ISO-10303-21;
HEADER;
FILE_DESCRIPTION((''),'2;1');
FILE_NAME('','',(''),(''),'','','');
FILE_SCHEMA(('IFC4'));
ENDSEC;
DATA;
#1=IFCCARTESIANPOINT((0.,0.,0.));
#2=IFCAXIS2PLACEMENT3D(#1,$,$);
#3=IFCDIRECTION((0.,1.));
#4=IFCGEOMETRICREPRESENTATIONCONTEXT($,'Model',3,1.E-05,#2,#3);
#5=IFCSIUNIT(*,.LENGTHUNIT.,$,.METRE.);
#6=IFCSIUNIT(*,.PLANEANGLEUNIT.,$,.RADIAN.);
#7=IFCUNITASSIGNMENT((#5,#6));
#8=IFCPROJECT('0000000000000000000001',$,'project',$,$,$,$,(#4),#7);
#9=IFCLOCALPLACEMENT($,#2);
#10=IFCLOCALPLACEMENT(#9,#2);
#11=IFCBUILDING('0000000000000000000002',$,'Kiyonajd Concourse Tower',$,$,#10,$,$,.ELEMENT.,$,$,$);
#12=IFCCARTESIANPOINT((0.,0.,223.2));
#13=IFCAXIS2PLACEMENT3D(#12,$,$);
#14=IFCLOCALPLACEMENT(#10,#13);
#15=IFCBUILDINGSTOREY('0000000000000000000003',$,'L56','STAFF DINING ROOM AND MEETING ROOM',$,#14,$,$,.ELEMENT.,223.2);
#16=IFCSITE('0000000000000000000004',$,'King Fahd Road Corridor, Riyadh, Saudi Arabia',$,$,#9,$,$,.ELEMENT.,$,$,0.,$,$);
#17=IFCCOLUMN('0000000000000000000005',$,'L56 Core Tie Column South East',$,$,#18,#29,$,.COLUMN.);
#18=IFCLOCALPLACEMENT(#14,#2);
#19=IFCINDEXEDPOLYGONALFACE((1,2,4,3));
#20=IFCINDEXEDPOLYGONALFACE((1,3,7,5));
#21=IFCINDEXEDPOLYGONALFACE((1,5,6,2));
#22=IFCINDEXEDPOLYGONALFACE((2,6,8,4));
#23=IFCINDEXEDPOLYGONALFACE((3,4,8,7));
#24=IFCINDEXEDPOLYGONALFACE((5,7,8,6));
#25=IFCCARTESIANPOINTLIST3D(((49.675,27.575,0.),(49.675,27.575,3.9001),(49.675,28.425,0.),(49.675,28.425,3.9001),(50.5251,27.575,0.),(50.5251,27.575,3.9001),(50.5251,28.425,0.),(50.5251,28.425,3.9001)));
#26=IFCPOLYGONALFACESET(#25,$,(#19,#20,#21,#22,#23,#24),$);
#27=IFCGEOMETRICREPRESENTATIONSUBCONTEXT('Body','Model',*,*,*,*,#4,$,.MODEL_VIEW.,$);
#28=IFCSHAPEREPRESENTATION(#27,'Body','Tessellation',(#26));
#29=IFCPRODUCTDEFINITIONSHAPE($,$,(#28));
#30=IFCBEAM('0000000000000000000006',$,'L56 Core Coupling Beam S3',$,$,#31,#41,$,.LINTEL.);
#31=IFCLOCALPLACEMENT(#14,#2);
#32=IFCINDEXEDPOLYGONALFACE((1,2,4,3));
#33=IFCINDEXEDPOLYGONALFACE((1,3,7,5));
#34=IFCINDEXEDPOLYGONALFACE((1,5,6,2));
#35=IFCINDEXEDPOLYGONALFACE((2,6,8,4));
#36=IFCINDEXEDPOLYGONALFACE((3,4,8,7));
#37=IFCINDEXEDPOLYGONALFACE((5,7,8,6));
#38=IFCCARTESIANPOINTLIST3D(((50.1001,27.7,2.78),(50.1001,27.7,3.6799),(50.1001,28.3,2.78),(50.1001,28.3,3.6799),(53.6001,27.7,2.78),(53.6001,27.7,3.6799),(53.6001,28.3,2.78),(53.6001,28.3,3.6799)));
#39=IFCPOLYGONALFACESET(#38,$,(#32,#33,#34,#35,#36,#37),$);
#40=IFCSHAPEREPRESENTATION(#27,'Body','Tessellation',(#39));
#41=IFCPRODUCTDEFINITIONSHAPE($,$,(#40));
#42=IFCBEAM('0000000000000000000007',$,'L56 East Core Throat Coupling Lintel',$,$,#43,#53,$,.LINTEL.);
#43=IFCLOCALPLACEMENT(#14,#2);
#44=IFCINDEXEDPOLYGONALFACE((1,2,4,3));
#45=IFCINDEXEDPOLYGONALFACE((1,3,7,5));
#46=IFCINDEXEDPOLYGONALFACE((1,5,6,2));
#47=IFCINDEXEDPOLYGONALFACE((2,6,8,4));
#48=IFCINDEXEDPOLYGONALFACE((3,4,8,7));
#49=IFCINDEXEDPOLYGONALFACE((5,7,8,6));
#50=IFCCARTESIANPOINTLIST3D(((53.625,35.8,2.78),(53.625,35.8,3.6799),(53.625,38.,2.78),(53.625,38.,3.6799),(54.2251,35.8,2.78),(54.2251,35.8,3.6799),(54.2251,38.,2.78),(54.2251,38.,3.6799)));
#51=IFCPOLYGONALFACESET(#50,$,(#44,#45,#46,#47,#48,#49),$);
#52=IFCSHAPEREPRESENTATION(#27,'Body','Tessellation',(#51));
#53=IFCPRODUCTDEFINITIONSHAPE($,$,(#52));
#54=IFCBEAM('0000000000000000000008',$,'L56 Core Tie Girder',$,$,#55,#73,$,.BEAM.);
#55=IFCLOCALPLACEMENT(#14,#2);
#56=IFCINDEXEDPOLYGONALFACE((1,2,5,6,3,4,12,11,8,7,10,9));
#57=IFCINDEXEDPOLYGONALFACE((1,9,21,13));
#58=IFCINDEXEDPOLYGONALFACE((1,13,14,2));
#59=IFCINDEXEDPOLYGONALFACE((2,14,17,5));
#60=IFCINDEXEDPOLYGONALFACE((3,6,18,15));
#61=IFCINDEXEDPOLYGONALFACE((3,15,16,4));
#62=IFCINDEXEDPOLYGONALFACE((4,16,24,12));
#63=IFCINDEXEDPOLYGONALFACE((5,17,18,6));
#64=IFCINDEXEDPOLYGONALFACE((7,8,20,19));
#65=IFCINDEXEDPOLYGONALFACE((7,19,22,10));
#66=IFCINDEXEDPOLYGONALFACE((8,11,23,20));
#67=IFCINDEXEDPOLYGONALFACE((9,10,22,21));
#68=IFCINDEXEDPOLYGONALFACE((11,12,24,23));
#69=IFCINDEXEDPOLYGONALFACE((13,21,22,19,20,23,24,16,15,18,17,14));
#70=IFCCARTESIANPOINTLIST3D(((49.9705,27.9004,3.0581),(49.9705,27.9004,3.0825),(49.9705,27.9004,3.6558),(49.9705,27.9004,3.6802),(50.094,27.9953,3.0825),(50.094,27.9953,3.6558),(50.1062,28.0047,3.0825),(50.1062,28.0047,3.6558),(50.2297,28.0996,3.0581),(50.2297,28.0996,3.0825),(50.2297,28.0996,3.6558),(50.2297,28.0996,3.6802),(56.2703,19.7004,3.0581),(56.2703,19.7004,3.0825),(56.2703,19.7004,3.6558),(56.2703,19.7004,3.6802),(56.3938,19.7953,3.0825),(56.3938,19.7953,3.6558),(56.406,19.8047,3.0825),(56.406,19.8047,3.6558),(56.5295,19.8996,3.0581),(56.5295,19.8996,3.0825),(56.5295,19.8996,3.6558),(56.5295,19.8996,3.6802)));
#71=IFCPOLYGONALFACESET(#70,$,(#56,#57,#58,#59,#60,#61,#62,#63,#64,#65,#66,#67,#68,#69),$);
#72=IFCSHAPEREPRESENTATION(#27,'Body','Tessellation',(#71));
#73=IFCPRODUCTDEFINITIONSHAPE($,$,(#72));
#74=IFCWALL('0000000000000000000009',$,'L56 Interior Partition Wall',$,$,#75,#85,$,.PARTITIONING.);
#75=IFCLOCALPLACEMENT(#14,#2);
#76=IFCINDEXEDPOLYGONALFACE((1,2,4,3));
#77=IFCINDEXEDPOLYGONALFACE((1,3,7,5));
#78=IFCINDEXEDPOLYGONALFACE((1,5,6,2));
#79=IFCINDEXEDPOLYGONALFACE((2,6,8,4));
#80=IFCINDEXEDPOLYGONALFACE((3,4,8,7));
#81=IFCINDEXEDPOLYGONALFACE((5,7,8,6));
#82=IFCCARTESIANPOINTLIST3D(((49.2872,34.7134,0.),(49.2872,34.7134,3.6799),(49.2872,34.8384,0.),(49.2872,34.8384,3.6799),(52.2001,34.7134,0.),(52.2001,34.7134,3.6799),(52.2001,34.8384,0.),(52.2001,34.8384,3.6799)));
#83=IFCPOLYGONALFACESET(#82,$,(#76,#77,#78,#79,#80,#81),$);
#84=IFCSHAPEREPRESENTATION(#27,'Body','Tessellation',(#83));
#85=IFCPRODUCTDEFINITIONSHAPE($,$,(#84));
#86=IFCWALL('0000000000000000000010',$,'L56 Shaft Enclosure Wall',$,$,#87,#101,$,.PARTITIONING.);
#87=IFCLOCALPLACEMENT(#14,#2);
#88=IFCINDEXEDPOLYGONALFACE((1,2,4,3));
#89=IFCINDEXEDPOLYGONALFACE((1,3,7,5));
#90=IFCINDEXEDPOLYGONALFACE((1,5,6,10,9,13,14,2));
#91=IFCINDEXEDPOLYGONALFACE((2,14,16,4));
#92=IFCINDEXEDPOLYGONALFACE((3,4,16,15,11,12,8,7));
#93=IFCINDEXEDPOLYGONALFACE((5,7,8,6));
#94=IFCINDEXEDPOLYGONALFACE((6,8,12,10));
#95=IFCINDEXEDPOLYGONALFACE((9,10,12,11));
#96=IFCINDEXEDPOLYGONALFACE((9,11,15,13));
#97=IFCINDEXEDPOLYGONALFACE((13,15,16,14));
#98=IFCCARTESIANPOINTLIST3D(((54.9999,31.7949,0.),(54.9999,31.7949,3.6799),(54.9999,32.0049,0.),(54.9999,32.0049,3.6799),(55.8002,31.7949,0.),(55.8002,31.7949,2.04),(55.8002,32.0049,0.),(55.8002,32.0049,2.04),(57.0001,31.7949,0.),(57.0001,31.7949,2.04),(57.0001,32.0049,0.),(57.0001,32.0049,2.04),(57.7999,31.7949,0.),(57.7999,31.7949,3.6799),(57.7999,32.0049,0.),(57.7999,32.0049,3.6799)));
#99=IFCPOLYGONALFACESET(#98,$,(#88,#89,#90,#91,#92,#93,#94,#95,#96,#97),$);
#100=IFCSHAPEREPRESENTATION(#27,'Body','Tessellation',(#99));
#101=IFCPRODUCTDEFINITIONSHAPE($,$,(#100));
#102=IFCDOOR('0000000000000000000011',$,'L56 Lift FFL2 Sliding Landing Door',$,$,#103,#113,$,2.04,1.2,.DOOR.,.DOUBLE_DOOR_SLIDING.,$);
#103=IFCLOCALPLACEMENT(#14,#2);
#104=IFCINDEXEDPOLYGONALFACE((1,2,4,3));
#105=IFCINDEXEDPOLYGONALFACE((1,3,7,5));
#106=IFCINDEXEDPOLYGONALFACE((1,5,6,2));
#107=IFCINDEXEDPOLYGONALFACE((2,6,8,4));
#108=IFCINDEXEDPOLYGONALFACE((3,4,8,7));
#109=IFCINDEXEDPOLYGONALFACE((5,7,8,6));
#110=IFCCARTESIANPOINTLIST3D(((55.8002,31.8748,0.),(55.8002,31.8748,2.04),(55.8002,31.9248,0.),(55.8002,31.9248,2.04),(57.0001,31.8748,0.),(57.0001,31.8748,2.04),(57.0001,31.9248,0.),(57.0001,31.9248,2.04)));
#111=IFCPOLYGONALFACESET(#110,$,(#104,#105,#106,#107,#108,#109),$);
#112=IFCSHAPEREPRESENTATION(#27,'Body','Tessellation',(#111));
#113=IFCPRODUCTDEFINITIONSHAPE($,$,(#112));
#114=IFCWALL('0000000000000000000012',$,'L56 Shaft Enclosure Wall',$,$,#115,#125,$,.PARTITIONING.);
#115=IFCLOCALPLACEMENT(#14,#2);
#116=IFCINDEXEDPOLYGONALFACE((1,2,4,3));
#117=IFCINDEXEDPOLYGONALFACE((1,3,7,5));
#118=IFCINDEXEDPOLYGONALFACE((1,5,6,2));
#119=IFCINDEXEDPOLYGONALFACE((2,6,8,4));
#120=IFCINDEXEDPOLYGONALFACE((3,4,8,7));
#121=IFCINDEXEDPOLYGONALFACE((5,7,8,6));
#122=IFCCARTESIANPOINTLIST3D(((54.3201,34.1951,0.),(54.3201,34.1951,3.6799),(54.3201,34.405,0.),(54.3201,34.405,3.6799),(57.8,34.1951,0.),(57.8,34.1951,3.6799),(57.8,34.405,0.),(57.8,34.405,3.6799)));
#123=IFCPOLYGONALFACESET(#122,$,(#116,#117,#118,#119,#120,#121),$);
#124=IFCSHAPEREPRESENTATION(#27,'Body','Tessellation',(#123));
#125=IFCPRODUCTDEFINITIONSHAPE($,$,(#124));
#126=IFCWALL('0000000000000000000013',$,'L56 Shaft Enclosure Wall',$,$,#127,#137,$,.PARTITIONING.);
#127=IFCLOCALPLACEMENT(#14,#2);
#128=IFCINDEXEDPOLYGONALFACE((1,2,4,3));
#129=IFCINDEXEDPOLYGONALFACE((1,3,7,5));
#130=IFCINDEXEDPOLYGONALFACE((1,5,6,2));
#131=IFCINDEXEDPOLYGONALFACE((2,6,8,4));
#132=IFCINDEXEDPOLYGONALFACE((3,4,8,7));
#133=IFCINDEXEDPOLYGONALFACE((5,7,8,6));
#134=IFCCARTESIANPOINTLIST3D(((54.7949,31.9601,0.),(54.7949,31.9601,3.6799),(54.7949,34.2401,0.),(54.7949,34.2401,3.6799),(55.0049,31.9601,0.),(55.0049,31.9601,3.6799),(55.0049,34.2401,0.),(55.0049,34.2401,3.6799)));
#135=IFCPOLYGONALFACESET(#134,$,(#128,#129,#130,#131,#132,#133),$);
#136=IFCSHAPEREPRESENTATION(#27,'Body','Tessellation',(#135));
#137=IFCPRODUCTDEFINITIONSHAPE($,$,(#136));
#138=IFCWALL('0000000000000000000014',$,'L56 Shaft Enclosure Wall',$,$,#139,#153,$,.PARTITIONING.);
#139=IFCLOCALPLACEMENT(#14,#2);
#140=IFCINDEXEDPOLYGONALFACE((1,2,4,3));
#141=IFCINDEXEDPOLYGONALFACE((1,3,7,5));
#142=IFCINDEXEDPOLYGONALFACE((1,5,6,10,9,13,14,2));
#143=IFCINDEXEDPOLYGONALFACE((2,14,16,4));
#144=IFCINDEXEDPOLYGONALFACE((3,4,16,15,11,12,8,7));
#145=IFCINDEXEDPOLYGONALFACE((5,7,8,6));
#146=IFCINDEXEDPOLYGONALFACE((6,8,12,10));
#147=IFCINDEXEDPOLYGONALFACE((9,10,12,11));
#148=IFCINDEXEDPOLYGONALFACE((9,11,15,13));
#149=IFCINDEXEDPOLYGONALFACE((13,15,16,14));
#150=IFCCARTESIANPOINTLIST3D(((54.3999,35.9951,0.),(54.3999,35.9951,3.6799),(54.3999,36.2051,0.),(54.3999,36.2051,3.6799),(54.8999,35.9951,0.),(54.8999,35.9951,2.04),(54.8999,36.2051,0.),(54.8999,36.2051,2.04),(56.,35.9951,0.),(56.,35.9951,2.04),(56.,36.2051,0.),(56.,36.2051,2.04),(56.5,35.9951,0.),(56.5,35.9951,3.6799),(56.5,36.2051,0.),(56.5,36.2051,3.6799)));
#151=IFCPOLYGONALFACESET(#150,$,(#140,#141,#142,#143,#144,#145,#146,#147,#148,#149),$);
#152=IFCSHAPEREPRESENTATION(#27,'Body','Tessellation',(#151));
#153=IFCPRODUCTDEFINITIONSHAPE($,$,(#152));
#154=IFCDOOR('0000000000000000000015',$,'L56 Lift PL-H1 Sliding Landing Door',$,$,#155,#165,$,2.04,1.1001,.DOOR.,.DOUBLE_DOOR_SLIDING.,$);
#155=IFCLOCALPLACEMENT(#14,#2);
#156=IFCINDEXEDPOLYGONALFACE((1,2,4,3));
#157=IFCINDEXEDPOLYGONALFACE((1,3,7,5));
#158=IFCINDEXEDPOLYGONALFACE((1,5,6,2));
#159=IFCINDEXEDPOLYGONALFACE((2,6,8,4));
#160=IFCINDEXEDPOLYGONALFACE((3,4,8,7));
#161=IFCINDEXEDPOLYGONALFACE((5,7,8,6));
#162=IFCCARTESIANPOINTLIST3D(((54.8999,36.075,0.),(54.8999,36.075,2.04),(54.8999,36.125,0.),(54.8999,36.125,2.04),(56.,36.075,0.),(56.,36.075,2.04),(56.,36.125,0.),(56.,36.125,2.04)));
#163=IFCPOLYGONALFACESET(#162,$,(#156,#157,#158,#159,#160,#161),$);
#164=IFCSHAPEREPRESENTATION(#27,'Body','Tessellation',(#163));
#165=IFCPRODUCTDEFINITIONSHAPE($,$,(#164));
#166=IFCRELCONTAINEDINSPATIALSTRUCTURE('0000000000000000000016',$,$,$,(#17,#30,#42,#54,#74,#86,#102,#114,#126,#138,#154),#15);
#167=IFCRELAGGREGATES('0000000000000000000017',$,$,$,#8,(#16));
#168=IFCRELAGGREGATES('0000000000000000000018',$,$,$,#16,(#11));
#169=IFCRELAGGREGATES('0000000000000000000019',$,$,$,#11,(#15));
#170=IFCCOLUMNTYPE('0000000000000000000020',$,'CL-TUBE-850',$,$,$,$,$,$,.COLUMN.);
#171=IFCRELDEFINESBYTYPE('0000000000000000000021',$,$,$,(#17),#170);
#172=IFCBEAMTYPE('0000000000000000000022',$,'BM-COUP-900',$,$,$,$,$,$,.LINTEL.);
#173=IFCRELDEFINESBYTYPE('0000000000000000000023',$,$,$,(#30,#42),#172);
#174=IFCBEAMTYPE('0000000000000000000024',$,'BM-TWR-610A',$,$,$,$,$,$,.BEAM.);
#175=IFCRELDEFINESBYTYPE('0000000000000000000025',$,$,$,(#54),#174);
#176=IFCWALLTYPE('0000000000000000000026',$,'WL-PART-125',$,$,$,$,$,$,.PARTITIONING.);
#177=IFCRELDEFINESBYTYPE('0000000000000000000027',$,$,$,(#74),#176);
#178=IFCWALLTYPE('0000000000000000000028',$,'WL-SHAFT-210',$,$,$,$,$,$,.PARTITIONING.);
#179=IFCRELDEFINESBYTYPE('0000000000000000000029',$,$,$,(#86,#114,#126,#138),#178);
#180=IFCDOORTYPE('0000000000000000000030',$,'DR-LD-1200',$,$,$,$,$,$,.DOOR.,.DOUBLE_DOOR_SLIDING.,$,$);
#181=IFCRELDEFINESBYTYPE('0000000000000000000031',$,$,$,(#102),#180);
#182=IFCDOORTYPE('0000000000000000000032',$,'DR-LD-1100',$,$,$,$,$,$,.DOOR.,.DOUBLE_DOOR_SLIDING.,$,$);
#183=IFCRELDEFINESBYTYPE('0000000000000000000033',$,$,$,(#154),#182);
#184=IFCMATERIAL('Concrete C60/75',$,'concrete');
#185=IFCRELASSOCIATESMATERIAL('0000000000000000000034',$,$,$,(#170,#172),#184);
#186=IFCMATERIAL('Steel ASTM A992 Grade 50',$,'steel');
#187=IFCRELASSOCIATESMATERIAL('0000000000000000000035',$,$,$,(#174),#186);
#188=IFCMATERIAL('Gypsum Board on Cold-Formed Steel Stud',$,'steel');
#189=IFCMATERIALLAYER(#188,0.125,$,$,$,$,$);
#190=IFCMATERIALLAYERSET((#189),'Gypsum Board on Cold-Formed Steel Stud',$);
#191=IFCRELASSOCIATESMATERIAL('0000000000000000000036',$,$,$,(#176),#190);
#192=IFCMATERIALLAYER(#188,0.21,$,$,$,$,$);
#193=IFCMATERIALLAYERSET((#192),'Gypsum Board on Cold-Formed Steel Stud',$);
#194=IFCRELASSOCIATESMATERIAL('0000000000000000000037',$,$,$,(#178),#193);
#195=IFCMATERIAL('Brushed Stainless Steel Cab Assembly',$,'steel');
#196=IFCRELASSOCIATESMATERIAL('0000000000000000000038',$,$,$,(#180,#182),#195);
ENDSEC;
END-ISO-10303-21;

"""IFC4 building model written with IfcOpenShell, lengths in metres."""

from ifc_helpers import new_model, si_unit, direction, frame, frame_2d, origin, origin_2d, place, context, subcontext, project, spatial, rectangle, i_section, extrude, material, layer, layer_set, material_profile, profile_set, type_object, element, fill, save


model = new_model("IFC4")

# Units and contexts
model_context = context("Model", 3, precision=1e-05, world=origin(), true_north=direction((0.0, 1.0)))
body_context = subcontext(model_context, "Body", "Model", "MODEL_VIEW")
ifc_project = project(units=[si_unit("LENGTHUNIT", "METRE"), si_unit("PLANEANGLEUNIT", "RADIAN")], contexts=[model_context])

# Site, building, storey
site_placement = place(None, origin())
site = spatial("IfcSite", under=ifc_project, at=site_placement, Name="King Fahd Road Corridor, Riyadh, Saudi Arabia", CompositionType="ELEMENT", RefElevation=0.0)
building_placement = place(site_placement, origin())
building = spatial("IfcBuilding", under=site, at=building_placement, Name="Kiyonajd Concourse Tower", CompositionType="ELEMENT")
storey_placement = place(building_placement, frame((0.0, 0.0, 223.2)))
storey = spatial("IfcBuildingStorey", under=building, at=storey_placement, Name="L56", Description="STAFF DINING ROOM AND MEETING ROOM", CompositionType="ELEMENT", Elevation=223.2)

# Column
ifc_material_1 = material(Name="Concrete C60/75", Category="concrete")
ifc_material_profile_1 = material_profile(ifc_material_1, rectangle(XDim=0.8501, YDim=0.8501, at=origin_2d()), Name="RC-850x850")
ifc_profile_set_1 = profile_set([ifc_material_profile_1], Name="Concrete C60/75")
column_type = type_object("IfcColumnType", Name="CL-TUBE-850", PredefinedType="COLUMN", material=ifc_profile_set_1)
column_placement = place(storey_placement, frame((50.1001, 28.0, 0.0), z_axis=(0.0, 0.0, 1.0), x_axis=(1.0, 0.0, 0.0)))
element("IfcColumn", 1, at=column_placement, inside=storey, type_object=column_type, Name="L56 Core Tie Column South East", PredefinedType="COLUMN", context=body_context, shape_type="SweptSolid", body=[
    extrude(rectangle(XDim=0.8501, YDim=0.8501, at=origin_2d()), origin(), (0.0, 0.0, 1.0), 3.9001),
])

# Beams
ifc_material_profile_2 = material_profile(ifc_material_1, rectangle(XDim=0.6001, YDim=0.8999, at=origin_2d()), Name="RCBM-600x900")
ifc_profile_set_2 = profile_set([ifc_material_profile_2], Name="Concrete C60/75")
beam_type_1 = type_object("IfcBeamType", Name="BM-COUP-900", PredefinedType="LINTEL", material=ifc_profile_set_2)
beam_1_placement = place(storey_placement, frame((50.1001, 28.0, 3.23), z_axis=(1.0, 0.0, 0.0), x_axis=(0.0, 1.0, 0.0)))
element("IfcBeam", 2, at=beam_1_placement, inside=storey, type_object=beam_type_1, Name="L56 Core Coupling Beam S3", PredefinedType="LINTEL", context=body_context, shape_type="SweptSolid", body=[
    extrude(rectangle(XDim=0.6001, YDim=0.8999, at=origin_2d()), origin(), (0.0, 0.0, 1.0), 3.5),
])
beam_2_placement = place(storey_placement, frame((53.925, 35.8, 3.23), z_axis=(0.0, 1.0, 0.0), x_axis=(-1.0, 0.0, 0.0)))
element("IfcBeam", 3, at=beam_2_placement, inside=storey, type_object=beam_type_1, Name="L56 East Core Throat Coupling Lintel", PredefinedType="LINTEL", context=body_context, shape_type="SweptSolid", body=[
    extrude(rectangle(XDim=0.6001, YDim=0.8999, at=origin_2d()), origin(), (0.0, 0.0, 1.0), 2.2),
])
ifc_material_2 = material(Name="Steel ASTM A992 Grade 50", Category="steel")
ifc_material_profile_3 = material_profile(ifc_material_2, i_section(OverallWidth=0.3269, OverallDepth=0.6221, WebThickness=0.0154, FlangeThickness=0.0244, at=origin_2d()), Name="W610X195")
ifc_profile_set_3 = profile_set([ifc_material_profile_3], Name="Steel ASTM A992 Grade 50")
beam_type_2 = type_object("IfcBeamType", Name="BM-TWR-610A", PredefinedType="BEAM", material=ifc_profile_set_3)
beam_3_placement = place(storey_placement, frame((50.1001, 28.0, 3.3691), z_axis=(0.609234, -0.792991, 0.0), x_axis=(0.792991, 0.609234, 0.0)))
element("IfcBeam", 4, at=beam_3_placement, inside=storey, type_object=beam_type_2, Name="L56 Core Tie Girder", PredefinedType="BEAM", context=body_context, shape_type="SweptSolid", body=[
    extrude(i_section(OverallWidth=0.3269, OverallDepth=0.6221, WebThickness=0.0154, FlangeThickness=0.0244, at=origin_2d()), origin(), (0.0, 0.0, 1.0), 10.3406),
])

# Wall
ifc_material_3 = material(Name="Gypsum Board on Cold-Formed Steel Stud", Category="steel")
ifc_layer_1 = layer(ifc_material_3, 0.125)
ifc_layer_set_1 = layer_set([ifc_layer_1], Name="Gypsum Board on Cold-Formed Steel Stud")
wall_type_1 = type_object("IfcWallType", Name="WL-PART-125", PredefinedType="PARTITIONING", material=ifc_layer_set_1)
wall_1_placement = place(storey_placement, frame((49.2871, 34.7759, 0.0), z_axis=(0.0, 0.0, 1.0), x_axis=(1.0, 0.0, 0.0)))
element("IfcWall", 5, at=wall_1_placement, inside=storey, type_object=wall_type_1, Name="L56 Interior Partition Wall", PredefinedType="PARTITIONING", context=body_context, shape_type="SweptSolid", body=[
    extrude(rectangle(XDim=2.9128, YDim=0.125, at=frame_2d((1.4565, 0.0))), origin(), (0.0, 0.0, 1.0), 3.6799),
])

# Wall, opening, door
ifc_layer_2 = layer(ifc_material_3, 0.21)
ifc_layer_set_2 = layer_set([ifc_layer_2], Name="Gypsum Board on Cold-Formed Steel Stud")
wall_type_2 = type_object("IfcWallType", Name="WL-SHAFT-210", PredefinedType="PARTITIONING", material=ifc_layer_set_2)
wall_2_placement = place(storey_placement, frame((55.0, 31.8999, 0.0), z_axis=(0.0, 0.0, 1.0), x_axis=(1.0, 0.0, 0.0)))
wall_2 = element("IfcWall", 6, at=wall_2_placement, inside=storey, type_object=wall_type_2, Name="L56 Shaft Enclosure Wall", PredefinedType="PARTITIONING", context=body_context, shape_type="SweptSolid", body=[
    extrude(rectangle(XDim=2.8, YDim=0.21, at=frame_2d((1.3999, 0.0))), origin(), (0.0, 0.0, 1.0), 3.6799),
])
opening_1_placement = place(wall_2_placement, frame((0.8, 0.0, 0.0)))
opening_1 = element("IfcOpeningElement", 7, at=opening_1_placement, cuts=wall_2, PredefinedType="OPENING", context=body_context, shape_type="SweptSolid", body=[
    extrude(rectangle(XDim=1.2, YDim=2.04, at=frame_2d((0.6001, 1.02))), frame((0.0, 0.115, 0.0), z_axis=(0.0, -1.0, 0.0), x_axis=(1.0, 0.0, 0.0)), (0.0, 0.0, 1.0), 0.23),
])
ifc_material_4 = material(Name="Brushed Stainless Steel Cab Assembly", Category="steel")
door_type_1 = type_object("IfcDoorType", Name="DR-LD-1200", OperationType="DOUBLE_DOOR_SLIDING", PredefinedType="DOOR", material=ifc_material_4)
door_1_placement = place(opening_1_placement, origin())
door_1 = element("IfcDoor", 8, at=door_1_placement, inside=storey, type_object=door_type_1, Name="L56 Lift FFL2 Sliding Landing Door", OperationType="DOUBLE_DOOR_SLIDING", OverallHeight=2.04, OverallWidth=1.2, PredefinedType="DOOR", context=body_context, shape_type="SweptSolid", body=[
    extrude(rectangle(XDim=1.2, YDim=2.04, at=frame_2d((0.6001, 1.02))), frame((0.0, 0.0249, 0.0), z_axis=(0.0, -1.0, 0.0), x_axis=(1.0, 0.0, 0.0)), (0.0, 0.0, 1.0), 0.05),
])
fill(opening_1, door_1)

# Walls
wall_3_placement = place(storey_placement, frame((54.3201, 34.3, 0.0), z_axis=(0.0, 0.0, 1.0), x_axis=(1.0, 0.0, 0.0)))
element("IfcWall", 9, at=wall_3_placement, inside=storey, type_object=wall_type_2, Name="L56 Shaft Enclosure Wall", PredefinedType="PARTITIONING", context=body_context, shape_type="SweptSolid", body=[
    extrude(rectangle(XDim=3.48, YDim=0.21, at=frame_2d((1.74, 0.0))), origin(), (0.0, 0.0, 1.0), 3.6799),
])
wall_4_placement = place(storey_placement, frame((54.8999, 31.96, 0.0), z_axis=(0.0, 0.0, 1.0), x_axis=(0.0, 1.0, 0.0)))
element("IfcWall", 10, at=wall_4_placement, inside=storey, type_object=wall_type_2, Name="L56 Shaft Enclosure Wall", PredefinedType="PARTITIONING", context=body_context, shape_type="SweptSolid", body=[
    extrude(rectangle(XDim=2.28, YDim=0.21, at=frame_2d((1.1401, 0.0))), origin(), (0.0, 0.0, 1.0), 3.6799),
])

# Wall, opening, door
wall_5_placement = place(storey_placement, frame((54.3999, 36.1001, 0.0), z_axis=(0.0, 0.0, 1.0), x_axis=(1.0, 0.0, 0.0)))
wall_5 = element("IfcWall", 11, at=wall_5_placement, inside=storey, type_object=wall_type_2, Name="L56 Shaft Enclosure Wall", PredefinedType="PARTITIONING", context=body_context, shape_type="SweptSolid", body=[
    extrude(rectangle(XDim=2.1001, YDim=0.21, at=frame_2d((1.05, 0.0))), origin(), (0.0, 0.0, 1.0), 3.6799),
])
opening_2_placement = place(wall_5_placement, frame((0.5, 0.0, 0.0)))
opening_2 = element("IfcOpeningElement", 12, at=opening_2_placement, cuts=wall_5, PredefinedType="OPENING", context=body_context, shape_type="SweptSolid", body=[
    extrude(rectangle(XDim=1.1001, YDim=2.04, at=frame_2d((0.55, 1.02))), frame((0.0, 0.115, 0.0), z_axis=(0.0, -1.0, 0.0), x_axis=(1.0, 0.0, 0.0)), (0.0, 0.0, 1.0), 0.23),
])
door_type_2 = type_object("IfcDoorType", Name="DR-LD-1100", OperationType="DOUBLE_DOOR_SLIDING", PredefinedType="DOOR", material=ifc_material_4)
door_2_placement = place(opening_2_placement, origin())
door_2 = element("IfcDoor", 13, at=door_2_placement, inside=storey, type_object=door_type_2, Name="L56 Lift PL-H1 Sliding Landing Door", OperationType="DOUBLE_DOOR_SLIDING", OverallHeight=2.04, OverallWidth=1.1001, PredefinedType="DOOR", context=body_context, shape_type="SweptSolid", body=[
    extrude(rectangle(XDim=1.1001, YDim=2.04, at=frame_2d((0.55, 1.02))), frame((0.0, 0.0249, 0.0), z_axis=(0.0, -1.0, 0.0), x_axis=(1.0, 0.0, 0.0)), (0.0, 0.0, 1.0), 0.05),
])
fill(opening_2, door_2)

save(model, "model.ifc")
